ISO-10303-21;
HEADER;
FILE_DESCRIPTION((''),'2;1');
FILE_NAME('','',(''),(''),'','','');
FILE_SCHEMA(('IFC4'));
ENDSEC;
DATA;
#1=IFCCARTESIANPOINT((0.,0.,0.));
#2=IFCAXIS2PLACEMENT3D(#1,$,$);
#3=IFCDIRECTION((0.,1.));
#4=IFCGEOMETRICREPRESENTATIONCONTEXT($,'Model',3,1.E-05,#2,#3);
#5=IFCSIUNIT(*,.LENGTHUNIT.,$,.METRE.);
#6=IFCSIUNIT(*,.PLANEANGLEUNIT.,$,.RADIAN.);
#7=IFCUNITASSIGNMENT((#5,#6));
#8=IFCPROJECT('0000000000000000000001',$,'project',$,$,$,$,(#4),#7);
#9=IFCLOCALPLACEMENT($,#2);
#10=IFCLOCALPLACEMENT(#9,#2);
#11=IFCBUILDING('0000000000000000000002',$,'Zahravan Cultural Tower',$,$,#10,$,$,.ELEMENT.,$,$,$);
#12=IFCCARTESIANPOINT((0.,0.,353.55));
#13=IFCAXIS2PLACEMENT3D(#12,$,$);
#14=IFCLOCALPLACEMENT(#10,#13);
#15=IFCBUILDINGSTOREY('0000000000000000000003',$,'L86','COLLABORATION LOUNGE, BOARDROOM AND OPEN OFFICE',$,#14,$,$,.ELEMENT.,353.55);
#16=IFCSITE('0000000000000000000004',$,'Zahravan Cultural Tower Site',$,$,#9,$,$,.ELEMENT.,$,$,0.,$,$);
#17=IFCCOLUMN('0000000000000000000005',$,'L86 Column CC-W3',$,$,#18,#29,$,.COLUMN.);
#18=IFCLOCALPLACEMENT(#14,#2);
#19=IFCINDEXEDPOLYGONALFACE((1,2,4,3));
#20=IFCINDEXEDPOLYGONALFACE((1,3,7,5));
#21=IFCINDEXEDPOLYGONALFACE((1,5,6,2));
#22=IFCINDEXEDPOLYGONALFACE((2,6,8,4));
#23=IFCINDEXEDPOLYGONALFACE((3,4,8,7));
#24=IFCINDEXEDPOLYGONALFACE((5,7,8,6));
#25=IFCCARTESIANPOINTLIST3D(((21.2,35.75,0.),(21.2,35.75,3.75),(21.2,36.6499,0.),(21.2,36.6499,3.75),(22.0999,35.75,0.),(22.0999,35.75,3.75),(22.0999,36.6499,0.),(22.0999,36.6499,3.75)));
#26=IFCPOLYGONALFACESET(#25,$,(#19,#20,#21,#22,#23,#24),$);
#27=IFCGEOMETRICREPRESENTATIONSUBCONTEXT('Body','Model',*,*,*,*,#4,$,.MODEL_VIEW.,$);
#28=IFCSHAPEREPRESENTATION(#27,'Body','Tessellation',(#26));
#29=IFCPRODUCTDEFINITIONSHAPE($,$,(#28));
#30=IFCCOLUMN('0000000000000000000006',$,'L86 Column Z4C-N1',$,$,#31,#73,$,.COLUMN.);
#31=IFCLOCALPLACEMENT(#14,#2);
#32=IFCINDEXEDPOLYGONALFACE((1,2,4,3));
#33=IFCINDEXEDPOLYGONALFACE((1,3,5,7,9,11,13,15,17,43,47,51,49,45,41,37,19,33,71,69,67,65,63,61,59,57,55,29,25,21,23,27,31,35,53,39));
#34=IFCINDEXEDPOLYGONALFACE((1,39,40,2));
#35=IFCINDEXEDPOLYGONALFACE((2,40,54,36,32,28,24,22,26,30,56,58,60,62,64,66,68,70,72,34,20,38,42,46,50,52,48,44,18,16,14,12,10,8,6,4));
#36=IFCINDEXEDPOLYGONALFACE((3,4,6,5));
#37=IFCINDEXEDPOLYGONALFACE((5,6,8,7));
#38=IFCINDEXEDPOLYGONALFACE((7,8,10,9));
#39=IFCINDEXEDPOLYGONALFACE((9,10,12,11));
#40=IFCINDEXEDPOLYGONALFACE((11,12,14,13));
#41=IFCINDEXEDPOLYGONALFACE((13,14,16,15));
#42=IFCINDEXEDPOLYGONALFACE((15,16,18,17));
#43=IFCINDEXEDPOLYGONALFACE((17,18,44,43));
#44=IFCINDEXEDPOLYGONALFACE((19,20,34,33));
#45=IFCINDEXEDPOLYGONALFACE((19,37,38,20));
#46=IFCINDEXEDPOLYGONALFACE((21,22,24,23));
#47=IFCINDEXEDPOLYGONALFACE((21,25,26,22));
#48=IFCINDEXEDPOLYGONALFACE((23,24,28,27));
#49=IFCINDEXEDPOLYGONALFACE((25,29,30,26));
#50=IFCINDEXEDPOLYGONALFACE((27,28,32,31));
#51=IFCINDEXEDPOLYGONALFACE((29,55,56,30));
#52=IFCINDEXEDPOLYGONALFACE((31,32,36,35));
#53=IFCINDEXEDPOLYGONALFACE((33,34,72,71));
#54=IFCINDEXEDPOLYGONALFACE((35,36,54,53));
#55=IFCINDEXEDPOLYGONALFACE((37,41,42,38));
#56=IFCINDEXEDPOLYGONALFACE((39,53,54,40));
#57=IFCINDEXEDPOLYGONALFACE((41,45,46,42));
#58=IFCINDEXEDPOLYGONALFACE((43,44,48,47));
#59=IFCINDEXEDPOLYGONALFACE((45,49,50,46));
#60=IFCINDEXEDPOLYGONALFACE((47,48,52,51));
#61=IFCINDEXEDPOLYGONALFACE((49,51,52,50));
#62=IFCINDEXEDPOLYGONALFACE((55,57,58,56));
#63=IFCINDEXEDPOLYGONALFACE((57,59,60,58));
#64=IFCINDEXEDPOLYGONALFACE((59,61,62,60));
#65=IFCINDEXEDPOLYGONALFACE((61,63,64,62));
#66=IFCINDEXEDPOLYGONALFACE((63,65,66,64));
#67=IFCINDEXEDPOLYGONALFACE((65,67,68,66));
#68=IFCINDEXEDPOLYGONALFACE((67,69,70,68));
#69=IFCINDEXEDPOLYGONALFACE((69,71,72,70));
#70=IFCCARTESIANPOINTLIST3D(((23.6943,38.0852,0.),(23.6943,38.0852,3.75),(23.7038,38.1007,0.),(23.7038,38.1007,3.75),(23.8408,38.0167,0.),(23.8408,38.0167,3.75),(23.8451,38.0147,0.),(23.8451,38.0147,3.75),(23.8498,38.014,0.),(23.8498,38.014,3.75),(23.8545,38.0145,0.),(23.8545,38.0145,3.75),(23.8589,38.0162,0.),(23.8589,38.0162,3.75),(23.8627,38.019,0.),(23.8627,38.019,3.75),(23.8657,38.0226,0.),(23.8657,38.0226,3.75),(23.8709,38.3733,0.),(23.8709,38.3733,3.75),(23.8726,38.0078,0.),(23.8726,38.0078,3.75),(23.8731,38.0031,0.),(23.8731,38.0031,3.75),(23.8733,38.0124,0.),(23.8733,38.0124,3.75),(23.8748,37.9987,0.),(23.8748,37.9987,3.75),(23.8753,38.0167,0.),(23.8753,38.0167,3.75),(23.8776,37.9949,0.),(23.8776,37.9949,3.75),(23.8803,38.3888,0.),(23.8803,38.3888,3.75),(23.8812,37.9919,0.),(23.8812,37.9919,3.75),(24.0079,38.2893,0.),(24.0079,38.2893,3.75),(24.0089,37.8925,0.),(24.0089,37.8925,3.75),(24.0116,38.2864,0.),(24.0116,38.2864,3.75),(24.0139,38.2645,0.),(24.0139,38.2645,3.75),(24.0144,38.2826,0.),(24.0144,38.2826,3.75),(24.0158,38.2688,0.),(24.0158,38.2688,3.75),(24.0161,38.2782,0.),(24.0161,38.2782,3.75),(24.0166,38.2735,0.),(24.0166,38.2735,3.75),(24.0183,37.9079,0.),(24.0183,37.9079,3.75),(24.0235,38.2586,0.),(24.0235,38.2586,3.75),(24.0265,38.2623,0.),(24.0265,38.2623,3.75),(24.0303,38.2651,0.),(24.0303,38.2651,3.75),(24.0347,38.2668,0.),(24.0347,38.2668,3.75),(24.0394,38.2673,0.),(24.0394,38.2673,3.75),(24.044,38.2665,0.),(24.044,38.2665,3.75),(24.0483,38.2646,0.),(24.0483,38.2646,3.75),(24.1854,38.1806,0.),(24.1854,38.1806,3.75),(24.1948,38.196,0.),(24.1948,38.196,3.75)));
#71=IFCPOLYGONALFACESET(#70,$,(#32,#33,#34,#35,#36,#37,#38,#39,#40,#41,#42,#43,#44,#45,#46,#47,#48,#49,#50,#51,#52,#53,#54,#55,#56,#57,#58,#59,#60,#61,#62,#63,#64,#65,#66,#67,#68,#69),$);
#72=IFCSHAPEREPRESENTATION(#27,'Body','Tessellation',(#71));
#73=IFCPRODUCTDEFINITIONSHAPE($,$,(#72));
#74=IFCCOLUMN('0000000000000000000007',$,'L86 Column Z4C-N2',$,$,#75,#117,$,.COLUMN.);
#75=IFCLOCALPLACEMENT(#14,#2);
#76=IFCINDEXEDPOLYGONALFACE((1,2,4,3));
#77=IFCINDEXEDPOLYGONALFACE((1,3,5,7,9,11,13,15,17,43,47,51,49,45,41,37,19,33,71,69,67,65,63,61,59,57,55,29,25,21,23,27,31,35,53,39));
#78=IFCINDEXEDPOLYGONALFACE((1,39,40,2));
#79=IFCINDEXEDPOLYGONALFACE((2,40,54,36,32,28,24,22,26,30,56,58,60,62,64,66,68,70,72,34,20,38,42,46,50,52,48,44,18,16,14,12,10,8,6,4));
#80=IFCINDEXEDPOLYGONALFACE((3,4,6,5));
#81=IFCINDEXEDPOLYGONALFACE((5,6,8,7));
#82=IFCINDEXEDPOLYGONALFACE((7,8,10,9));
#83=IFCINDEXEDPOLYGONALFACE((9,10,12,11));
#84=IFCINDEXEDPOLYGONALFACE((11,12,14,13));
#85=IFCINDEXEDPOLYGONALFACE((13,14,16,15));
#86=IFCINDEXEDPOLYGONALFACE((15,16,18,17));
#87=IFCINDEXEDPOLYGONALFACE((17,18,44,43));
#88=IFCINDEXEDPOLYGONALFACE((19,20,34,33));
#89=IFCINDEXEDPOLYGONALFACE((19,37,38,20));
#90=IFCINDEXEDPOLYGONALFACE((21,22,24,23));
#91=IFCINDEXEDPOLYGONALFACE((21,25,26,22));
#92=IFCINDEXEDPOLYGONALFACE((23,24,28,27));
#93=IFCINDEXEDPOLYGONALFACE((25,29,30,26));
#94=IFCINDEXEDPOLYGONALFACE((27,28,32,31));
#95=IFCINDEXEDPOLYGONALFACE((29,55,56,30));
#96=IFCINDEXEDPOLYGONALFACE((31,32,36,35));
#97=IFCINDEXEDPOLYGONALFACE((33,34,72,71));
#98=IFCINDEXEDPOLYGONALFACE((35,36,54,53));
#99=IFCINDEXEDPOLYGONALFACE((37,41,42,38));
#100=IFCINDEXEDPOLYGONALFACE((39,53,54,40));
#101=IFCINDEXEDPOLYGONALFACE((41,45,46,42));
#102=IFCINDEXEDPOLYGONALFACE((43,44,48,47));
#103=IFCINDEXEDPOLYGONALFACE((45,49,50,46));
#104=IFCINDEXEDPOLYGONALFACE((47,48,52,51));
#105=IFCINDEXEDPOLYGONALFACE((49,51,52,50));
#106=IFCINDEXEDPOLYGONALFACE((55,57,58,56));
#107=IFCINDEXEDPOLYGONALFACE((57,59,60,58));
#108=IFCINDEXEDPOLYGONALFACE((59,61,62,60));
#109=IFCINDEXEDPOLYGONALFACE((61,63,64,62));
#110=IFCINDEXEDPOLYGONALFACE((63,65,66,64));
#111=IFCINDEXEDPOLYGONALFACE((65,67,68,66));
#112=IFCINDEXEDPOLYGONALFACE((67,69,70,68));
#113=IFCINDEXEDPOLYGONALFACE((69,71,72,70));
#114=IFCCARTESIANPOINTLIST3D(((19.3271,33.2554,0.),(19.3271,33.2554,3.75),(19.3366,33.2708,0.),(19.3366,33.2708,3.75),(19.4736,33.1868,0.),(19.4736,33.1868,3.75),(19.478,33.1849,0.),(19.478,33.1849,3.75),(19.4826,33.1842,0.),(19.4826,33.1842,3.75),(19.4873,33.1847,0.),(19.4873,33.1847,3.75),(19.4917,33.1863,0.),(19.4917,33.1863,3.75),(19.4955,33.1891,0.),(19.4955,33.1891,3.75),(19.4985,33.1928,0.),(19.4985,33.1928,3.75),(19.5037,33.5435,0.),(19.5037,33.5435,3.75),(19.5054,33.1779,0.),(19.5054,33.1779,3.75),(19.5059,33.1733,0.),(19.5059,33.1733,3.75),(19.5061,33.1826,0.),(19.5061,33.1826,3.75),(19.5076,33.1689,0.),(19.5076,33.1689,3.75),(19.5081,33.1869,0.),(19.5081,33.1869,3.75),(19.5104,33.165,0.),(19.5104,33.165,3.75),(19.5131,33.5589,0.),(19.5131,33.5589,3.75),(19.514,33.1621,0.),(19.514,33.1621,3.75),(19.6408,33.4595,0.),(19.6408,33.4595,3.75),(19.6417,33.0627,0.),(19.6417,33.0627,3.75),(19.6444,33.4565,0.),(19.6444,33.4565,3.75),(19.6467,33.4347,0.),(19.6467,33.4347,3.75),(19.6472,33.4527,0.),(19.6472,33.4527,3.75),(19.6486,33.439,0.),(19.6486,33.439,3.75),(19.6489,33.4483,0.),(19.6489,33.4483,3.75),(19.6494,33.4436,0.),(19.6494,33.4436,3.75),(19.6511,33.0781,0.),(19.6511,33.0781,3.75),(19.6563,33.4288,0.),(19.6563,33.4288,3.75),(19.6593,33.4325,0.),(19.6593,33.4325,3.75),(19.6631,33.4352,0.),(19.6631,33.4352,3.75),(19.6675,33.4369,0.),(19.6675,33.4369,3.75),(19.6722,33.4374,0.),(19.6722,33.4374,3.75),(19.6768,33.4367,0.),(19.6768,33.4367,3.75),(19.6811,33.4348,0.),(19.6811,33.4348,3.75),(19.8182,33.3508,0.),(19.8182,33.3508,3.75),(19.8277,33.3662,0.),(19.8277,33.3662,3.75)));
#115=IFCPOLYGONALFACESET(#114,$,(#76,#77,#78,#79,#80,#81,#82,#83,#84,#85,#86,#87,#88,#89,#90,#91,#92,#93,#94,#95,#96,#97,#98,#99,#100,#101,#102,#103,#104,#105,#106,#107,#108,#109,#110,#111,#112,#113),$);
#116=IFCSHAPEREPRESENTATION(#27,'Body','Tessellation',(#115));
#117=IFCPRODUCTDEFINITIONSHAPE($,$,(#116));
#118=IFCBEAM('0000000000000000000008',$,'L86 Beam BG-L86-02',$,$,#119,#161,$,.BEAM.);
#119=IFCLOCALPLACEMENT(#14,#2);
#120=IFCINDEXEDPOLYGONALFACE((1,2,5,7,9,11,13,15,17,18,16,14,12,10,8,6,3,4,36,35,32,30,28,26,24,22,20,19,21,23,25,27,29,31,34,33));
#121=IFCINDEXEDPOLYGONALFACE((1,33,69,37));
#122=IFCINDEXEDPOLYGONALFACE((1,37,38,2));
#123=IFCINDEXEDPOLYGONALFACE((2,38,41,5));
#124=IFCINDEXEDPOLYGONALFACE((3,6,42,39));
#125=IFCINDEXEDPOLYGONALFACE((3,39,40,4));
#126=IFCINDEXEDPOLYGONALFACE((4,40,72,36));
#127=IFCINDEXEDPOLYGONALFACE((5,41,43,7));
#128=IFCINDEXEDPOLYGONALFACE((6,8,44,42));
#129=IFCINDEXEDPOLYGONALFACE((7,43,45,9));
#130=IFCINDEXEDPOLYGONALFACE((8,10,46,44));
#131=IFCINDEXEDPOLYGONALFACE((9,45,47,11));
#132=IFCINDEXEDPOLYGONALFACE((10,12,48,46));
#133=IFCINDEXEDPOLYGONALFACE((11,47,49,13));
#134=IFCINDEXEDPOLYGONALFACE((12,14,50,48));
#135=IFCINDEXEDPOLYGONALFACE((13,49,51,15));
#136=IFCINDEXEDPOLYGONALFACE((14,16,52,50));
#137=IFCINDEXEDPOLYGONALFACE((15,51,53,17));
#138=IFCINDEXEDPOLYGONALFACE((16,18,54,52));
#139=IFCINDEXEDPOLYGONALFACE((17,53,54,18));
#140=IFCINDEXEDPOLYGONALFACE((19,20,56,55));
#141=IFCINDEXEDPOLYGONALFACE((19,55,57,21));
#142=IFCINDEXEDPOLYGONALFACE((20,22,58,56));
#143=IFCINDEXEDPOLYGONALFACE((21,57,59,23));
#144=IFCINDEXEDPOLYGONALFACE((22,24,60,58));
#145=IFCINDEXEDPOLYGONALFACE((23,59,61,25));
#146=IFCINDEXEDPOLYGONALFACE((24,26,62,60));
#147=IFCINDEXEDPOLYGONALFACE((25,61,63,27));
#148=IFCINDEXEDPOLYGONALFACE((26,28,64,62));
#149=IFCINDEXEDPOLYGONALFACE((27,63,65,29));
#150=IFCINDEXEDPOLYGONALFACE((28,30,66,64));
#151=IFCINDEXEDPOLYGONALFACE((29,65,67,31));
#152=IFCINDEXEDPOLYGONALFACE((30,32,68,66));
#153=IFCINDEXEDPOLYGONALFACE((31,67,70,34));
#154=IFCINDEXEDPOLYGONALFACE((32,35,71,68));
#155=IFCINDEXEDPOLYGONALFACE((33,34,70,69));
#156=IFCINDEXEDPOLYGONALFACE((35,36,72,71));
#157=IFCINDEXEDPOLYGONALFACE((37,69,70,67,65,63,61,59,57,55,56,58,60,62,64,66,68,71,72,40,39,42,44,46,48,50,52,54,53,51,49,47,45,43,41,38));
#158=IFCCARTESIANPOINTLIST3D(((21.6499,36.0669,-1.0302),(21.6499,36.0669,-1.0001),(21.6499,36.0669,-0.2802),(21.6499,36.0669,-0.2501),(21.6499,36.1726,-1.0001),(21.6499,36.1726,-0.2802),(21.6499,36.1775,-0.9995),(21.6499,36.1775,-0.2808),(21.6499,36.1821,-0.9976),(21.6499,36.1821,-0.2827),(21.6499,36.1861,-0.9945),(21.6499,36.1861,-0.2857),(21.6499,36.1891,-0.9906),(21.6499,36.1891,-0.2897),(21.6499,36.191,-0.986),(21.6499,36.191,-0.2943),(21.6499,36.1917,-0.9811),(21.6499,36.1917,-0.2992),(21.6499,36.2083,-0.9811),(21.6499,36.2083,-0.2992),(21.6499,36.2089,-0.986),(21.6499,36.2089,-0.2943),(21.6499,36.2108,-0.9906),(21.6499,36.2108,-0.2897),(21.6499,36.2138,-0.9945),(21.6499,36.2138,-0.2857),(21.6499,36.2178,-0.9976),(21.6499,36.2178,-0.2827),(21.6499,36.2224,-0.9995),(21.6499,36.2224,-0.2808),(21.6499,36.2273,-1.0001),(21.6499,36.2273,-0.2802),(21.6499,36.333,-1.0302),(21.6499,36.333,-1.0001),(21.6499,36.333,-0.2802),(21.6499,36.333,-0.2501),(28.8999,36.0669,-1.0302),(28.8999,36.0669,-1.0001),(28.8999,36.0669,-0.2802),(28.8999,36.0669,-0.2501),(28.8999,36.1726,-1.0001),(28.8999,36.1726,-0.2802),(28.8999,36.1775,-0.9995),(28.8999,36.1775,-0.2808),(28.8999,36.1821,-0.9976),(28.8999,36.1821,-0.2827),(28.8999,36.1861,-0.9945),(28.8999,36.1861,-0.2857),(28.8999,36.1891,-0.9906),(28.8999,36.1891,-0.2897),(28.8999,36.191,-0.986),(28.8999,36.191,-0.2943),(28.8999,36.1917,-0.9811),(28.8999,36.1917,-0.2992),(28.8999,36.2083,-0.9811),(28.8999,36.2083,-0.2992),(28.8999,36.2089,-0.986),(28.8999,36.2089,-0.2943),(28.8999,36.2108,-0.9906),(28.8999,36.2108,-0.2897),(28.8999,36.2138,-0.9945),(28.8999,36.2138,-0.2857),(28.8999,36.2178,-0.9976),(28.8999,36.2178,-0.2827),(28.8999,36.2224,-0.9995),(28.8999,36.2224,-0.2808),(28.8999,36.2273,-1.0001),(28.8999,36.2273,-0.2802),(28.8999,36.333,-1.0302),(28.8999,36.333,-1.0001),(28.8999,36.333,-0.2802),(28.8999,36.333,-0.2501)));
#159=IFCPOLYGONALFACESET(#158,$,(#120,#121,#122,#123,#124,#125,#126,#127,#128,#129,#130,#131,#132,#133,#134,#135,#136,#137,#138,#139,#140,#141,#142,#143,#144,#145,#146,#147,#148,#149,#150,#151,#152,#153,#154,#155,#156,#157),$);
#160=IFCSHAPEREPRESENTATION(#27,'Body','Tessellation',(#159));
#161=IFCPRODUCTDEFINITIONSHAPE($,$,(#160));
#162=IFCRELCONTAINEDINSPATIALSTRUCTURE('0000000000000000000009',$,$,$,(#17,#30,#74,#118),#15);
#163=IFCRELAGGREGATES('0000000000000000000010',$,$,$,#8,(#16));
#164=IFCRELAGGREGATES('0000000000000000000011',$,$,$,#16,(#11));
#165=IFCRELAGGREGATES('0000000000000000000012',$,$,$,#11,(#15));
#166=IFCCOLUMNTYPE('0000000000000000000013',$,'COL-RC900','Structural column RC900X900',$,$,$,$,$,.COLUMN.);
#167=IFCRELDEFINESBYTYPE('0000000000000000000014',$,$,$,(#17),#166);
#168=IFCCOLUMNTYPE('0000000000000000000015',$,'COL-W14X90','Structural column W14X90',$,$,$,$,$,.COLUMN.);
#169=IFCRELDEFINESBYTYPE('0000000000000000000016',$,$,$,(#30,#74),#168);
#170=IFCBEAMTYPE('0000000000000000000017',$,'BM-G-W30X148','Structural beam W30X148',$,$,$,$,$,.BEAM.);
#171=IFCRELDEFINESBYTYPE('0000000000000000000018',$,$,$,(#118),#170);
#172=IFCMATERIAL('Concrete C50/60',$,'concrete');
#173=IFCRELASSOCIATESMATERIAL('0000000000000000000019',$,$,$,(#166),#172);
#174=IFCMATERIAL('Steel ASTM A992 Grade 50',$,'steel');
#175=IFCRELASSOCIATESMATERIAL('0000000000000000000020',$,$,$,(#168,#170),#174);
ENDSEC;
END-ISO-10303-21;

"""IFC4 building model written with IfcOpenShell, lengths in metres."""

from ifc_helpers import new_model, si_unit, direction, frame, origin, origin_2d, place, context, subcontext, project, spatial, rectangle, i_section, extrude, source, transform, mapped, material, material_profile, profile_set, type_object, element, save


model = new_model("IFC4")

# Units and contexts
model_context = context("Model", 3, precision=1e-05, world=origin(), true_north=direction((0.0, 1.0)))
body_context = subcontext(model_context, "Body", "Model", "MODEL_VIEW")
ifc_project = project(units=[si_unit("LENGTHUNIT", "METRE"), si_unit("PLANEANGLEUNIT", "RADIAN")], contexts=[model_context])

# Site, building, storey
site_placement = place(None, origin())
site = spatial("IfcSite", under=ifc_project, at=site_placement, Name="Zahravan Cultural Tower Site", CompositionType="ELEMENT", RefElevation=0.0)
building_placement = place(site_placement, origin())
building = spatial("IfcBuilding", under=site, at=building_placement, Name="Zahravan Cultural Tower", CompositionType="ELEMENT")
storey_placement = place(building_placement, frame((0.0, 0.0, 353.55)))
storey = spatial("IfcBuildingStorey", under=building, at=storey_placement, Name="L86", Description="COLLABORATION LOUNGE, BOARDROOM AND OPEN OFFICE", CompositionType="ELEMENT", Elevation=353.55)

# Columns
ifc_material_1 = material(Name="Concrete C50/60", Category="concrete")
ifc_material_profile_1 = material_profile(ifc_material_1, rectangle(XDim=0.8999, YDim=0.8999, at=origin_2d()), Name="RC900X900")
ifc_profile_set_1 = profile_set([ifc_material_profile_1], Name="Concrete C50/60")
column_type_1 = type_object("IfcColumnType", Name="COL-RC900", Description="Structural column RC900X900", PredefinedType="COLUMN", material=ifc_profile_set_1)
shared_shape_1 = source(origin(), body_context, "Body", "SweptSolid", [
    extrude(rectangle(XDim=0.8999, YDim=0.8999, at=origin_2d()), origin(), (0.0, 0.0, 1.0), 3.75),
])
column_placement = place(storey_placement, frame((21.6499, 36.2, 0.0), z_axis=(0.0, 0.0, 1.0), x_axis=(1.0, 0.0, 0.0)))
element("IfcColumn", 1, at=column_placement, inside=storey, type_object=column_type_1, Name="L86 Column CC-W3", PredefinedType="COLUMN", context=body_context, shape_type="MappedRepresentation", body=[
    mapped(shared_shape_1, transform((0.0, 0.0, 0.0), x_axis=(1.0, 0.0, 0.0), y_axis=(0.0, 1.0, 0.0), z_axis=(0.0, 0.0, 1.0), scale=1.0)),
])
ifc_material_2 = material(Name="Steel ASTM A992 Grade 50", Category="steel")
ifc_material_profile_2 = material_profile(ifc_material_2, i_section(OverallWidth=0.3689, OverallDepth=0.356, WebThickness=0.0112, FlangeThickness=0.0181, FilletRadius=0.0181, at=origin_2d()), Name="W14X90")
ifc_profile_set_2 = profile_set([ifc_material_profile_2], Name="Steel ASTM A992 Grade 50")
column_type_2 = type_object("IfcColumnType", Name="COL-W14X90", Description="Structural column W14X90", PredefinedType="COLUMN", material=ifc_profile_set_2)
shared_shape_2 = source(origin(), body_context, "Body", "SweptSolid", [
    extrude(i_section(OverallWidth=0.3689, OverallDepth=0.356, WebThickness=0.0112, FlangeThickness=0.0181, FilletRadius=0.0181, at=origin_2d()), origin(), (0.0, 0.0, 1.0), 3.75),
])
for number, where, z_axis, x_axis, name in (
    (2, (23.9446, 38.1406, 0.0), (0.0, 0.0, 1.0), (-0.85264, 0.522499, 0.0), "L86 Column Z4C-N1"),
    (3, (19.5774, 33.3108, 0.0), (0.0, 0.0, 1.0), (-0.85264, 0.522499, 0.0), "L86 Column Z4C-N2"),
):
    element("IfcColumn", number, at=place(storey_placement, frame(where, z_axis=z_axis, x_axis=x_axis)), inside=storey, type_object=column_type_2, Name=name, PredefinedType="COLUMN", context=body_context, shape_type="MappedRepresentation", body=[
        mapped(shared_shape_2, transform((0.0, 0.0, 0.0), x_axis=(1.0, 0.0, 0.0), y_axis=(0.0, 1.0, 0.0), z_axis=(0.0, 0.0, 1.0), scale=1.0)),
    ])

# Beam
ifc_material_profile_3 = material_profile(ifc_material_2, i_section(OverallWidth=0.2661, OverallDepth=0.78, WebThickness=0.0166, FlangeThickness=0.03, FilletRadius=0.019, at=origin_2d()), Name="W30X148")
ifc_profile_set_3 = profile_set([ifc_material_profile_3], Name="Steel ASTM A992 Grade 50")
beam_type_1 = type_object("IfcBeamType", Name="BM-G-W30X148", Description="Structural beam W30X148", PredefinedType="BEAM", material=ifc_profile_set_3)
shared_shape_3 = source(origin(), body_context, "Body", "SweptSolid", [
    extrude(i_section(OverallWidth=0.2661, OverallDepth=0.78, WebThickness=0.0166, FlangeThickness=0.03, FilletRadius=0.019, at=origin_2d()), origin(), (0.0, 0.0, 1.0), 7.25),
])
beam_1_placement = place(storey_placement, frame((21.6499, 36.2, -0.6401), z_axis=(1.0, 0.0, 0.0), x_axis=(0.0, 1.0, 0.0)))
element("IfcBeam", 4, at=beam_1_placement, inside=storey, type_object=beam_type_1, Name="L86 Beam BG-L86-02", PredefinedType="BEAM", context=body_context, shape_type="MappedRepresentation", body=[
    mapped(shared_shape_3, transform((0.0, 0.0, 0.0), x_axis=(1.0, 0.0, 0.0), y_axis=(0.0, 1.0, 0.0), z_axis=(0.0, 0.0, 1.0), scale=1.0)),
])

save(model, "model.ifc")
